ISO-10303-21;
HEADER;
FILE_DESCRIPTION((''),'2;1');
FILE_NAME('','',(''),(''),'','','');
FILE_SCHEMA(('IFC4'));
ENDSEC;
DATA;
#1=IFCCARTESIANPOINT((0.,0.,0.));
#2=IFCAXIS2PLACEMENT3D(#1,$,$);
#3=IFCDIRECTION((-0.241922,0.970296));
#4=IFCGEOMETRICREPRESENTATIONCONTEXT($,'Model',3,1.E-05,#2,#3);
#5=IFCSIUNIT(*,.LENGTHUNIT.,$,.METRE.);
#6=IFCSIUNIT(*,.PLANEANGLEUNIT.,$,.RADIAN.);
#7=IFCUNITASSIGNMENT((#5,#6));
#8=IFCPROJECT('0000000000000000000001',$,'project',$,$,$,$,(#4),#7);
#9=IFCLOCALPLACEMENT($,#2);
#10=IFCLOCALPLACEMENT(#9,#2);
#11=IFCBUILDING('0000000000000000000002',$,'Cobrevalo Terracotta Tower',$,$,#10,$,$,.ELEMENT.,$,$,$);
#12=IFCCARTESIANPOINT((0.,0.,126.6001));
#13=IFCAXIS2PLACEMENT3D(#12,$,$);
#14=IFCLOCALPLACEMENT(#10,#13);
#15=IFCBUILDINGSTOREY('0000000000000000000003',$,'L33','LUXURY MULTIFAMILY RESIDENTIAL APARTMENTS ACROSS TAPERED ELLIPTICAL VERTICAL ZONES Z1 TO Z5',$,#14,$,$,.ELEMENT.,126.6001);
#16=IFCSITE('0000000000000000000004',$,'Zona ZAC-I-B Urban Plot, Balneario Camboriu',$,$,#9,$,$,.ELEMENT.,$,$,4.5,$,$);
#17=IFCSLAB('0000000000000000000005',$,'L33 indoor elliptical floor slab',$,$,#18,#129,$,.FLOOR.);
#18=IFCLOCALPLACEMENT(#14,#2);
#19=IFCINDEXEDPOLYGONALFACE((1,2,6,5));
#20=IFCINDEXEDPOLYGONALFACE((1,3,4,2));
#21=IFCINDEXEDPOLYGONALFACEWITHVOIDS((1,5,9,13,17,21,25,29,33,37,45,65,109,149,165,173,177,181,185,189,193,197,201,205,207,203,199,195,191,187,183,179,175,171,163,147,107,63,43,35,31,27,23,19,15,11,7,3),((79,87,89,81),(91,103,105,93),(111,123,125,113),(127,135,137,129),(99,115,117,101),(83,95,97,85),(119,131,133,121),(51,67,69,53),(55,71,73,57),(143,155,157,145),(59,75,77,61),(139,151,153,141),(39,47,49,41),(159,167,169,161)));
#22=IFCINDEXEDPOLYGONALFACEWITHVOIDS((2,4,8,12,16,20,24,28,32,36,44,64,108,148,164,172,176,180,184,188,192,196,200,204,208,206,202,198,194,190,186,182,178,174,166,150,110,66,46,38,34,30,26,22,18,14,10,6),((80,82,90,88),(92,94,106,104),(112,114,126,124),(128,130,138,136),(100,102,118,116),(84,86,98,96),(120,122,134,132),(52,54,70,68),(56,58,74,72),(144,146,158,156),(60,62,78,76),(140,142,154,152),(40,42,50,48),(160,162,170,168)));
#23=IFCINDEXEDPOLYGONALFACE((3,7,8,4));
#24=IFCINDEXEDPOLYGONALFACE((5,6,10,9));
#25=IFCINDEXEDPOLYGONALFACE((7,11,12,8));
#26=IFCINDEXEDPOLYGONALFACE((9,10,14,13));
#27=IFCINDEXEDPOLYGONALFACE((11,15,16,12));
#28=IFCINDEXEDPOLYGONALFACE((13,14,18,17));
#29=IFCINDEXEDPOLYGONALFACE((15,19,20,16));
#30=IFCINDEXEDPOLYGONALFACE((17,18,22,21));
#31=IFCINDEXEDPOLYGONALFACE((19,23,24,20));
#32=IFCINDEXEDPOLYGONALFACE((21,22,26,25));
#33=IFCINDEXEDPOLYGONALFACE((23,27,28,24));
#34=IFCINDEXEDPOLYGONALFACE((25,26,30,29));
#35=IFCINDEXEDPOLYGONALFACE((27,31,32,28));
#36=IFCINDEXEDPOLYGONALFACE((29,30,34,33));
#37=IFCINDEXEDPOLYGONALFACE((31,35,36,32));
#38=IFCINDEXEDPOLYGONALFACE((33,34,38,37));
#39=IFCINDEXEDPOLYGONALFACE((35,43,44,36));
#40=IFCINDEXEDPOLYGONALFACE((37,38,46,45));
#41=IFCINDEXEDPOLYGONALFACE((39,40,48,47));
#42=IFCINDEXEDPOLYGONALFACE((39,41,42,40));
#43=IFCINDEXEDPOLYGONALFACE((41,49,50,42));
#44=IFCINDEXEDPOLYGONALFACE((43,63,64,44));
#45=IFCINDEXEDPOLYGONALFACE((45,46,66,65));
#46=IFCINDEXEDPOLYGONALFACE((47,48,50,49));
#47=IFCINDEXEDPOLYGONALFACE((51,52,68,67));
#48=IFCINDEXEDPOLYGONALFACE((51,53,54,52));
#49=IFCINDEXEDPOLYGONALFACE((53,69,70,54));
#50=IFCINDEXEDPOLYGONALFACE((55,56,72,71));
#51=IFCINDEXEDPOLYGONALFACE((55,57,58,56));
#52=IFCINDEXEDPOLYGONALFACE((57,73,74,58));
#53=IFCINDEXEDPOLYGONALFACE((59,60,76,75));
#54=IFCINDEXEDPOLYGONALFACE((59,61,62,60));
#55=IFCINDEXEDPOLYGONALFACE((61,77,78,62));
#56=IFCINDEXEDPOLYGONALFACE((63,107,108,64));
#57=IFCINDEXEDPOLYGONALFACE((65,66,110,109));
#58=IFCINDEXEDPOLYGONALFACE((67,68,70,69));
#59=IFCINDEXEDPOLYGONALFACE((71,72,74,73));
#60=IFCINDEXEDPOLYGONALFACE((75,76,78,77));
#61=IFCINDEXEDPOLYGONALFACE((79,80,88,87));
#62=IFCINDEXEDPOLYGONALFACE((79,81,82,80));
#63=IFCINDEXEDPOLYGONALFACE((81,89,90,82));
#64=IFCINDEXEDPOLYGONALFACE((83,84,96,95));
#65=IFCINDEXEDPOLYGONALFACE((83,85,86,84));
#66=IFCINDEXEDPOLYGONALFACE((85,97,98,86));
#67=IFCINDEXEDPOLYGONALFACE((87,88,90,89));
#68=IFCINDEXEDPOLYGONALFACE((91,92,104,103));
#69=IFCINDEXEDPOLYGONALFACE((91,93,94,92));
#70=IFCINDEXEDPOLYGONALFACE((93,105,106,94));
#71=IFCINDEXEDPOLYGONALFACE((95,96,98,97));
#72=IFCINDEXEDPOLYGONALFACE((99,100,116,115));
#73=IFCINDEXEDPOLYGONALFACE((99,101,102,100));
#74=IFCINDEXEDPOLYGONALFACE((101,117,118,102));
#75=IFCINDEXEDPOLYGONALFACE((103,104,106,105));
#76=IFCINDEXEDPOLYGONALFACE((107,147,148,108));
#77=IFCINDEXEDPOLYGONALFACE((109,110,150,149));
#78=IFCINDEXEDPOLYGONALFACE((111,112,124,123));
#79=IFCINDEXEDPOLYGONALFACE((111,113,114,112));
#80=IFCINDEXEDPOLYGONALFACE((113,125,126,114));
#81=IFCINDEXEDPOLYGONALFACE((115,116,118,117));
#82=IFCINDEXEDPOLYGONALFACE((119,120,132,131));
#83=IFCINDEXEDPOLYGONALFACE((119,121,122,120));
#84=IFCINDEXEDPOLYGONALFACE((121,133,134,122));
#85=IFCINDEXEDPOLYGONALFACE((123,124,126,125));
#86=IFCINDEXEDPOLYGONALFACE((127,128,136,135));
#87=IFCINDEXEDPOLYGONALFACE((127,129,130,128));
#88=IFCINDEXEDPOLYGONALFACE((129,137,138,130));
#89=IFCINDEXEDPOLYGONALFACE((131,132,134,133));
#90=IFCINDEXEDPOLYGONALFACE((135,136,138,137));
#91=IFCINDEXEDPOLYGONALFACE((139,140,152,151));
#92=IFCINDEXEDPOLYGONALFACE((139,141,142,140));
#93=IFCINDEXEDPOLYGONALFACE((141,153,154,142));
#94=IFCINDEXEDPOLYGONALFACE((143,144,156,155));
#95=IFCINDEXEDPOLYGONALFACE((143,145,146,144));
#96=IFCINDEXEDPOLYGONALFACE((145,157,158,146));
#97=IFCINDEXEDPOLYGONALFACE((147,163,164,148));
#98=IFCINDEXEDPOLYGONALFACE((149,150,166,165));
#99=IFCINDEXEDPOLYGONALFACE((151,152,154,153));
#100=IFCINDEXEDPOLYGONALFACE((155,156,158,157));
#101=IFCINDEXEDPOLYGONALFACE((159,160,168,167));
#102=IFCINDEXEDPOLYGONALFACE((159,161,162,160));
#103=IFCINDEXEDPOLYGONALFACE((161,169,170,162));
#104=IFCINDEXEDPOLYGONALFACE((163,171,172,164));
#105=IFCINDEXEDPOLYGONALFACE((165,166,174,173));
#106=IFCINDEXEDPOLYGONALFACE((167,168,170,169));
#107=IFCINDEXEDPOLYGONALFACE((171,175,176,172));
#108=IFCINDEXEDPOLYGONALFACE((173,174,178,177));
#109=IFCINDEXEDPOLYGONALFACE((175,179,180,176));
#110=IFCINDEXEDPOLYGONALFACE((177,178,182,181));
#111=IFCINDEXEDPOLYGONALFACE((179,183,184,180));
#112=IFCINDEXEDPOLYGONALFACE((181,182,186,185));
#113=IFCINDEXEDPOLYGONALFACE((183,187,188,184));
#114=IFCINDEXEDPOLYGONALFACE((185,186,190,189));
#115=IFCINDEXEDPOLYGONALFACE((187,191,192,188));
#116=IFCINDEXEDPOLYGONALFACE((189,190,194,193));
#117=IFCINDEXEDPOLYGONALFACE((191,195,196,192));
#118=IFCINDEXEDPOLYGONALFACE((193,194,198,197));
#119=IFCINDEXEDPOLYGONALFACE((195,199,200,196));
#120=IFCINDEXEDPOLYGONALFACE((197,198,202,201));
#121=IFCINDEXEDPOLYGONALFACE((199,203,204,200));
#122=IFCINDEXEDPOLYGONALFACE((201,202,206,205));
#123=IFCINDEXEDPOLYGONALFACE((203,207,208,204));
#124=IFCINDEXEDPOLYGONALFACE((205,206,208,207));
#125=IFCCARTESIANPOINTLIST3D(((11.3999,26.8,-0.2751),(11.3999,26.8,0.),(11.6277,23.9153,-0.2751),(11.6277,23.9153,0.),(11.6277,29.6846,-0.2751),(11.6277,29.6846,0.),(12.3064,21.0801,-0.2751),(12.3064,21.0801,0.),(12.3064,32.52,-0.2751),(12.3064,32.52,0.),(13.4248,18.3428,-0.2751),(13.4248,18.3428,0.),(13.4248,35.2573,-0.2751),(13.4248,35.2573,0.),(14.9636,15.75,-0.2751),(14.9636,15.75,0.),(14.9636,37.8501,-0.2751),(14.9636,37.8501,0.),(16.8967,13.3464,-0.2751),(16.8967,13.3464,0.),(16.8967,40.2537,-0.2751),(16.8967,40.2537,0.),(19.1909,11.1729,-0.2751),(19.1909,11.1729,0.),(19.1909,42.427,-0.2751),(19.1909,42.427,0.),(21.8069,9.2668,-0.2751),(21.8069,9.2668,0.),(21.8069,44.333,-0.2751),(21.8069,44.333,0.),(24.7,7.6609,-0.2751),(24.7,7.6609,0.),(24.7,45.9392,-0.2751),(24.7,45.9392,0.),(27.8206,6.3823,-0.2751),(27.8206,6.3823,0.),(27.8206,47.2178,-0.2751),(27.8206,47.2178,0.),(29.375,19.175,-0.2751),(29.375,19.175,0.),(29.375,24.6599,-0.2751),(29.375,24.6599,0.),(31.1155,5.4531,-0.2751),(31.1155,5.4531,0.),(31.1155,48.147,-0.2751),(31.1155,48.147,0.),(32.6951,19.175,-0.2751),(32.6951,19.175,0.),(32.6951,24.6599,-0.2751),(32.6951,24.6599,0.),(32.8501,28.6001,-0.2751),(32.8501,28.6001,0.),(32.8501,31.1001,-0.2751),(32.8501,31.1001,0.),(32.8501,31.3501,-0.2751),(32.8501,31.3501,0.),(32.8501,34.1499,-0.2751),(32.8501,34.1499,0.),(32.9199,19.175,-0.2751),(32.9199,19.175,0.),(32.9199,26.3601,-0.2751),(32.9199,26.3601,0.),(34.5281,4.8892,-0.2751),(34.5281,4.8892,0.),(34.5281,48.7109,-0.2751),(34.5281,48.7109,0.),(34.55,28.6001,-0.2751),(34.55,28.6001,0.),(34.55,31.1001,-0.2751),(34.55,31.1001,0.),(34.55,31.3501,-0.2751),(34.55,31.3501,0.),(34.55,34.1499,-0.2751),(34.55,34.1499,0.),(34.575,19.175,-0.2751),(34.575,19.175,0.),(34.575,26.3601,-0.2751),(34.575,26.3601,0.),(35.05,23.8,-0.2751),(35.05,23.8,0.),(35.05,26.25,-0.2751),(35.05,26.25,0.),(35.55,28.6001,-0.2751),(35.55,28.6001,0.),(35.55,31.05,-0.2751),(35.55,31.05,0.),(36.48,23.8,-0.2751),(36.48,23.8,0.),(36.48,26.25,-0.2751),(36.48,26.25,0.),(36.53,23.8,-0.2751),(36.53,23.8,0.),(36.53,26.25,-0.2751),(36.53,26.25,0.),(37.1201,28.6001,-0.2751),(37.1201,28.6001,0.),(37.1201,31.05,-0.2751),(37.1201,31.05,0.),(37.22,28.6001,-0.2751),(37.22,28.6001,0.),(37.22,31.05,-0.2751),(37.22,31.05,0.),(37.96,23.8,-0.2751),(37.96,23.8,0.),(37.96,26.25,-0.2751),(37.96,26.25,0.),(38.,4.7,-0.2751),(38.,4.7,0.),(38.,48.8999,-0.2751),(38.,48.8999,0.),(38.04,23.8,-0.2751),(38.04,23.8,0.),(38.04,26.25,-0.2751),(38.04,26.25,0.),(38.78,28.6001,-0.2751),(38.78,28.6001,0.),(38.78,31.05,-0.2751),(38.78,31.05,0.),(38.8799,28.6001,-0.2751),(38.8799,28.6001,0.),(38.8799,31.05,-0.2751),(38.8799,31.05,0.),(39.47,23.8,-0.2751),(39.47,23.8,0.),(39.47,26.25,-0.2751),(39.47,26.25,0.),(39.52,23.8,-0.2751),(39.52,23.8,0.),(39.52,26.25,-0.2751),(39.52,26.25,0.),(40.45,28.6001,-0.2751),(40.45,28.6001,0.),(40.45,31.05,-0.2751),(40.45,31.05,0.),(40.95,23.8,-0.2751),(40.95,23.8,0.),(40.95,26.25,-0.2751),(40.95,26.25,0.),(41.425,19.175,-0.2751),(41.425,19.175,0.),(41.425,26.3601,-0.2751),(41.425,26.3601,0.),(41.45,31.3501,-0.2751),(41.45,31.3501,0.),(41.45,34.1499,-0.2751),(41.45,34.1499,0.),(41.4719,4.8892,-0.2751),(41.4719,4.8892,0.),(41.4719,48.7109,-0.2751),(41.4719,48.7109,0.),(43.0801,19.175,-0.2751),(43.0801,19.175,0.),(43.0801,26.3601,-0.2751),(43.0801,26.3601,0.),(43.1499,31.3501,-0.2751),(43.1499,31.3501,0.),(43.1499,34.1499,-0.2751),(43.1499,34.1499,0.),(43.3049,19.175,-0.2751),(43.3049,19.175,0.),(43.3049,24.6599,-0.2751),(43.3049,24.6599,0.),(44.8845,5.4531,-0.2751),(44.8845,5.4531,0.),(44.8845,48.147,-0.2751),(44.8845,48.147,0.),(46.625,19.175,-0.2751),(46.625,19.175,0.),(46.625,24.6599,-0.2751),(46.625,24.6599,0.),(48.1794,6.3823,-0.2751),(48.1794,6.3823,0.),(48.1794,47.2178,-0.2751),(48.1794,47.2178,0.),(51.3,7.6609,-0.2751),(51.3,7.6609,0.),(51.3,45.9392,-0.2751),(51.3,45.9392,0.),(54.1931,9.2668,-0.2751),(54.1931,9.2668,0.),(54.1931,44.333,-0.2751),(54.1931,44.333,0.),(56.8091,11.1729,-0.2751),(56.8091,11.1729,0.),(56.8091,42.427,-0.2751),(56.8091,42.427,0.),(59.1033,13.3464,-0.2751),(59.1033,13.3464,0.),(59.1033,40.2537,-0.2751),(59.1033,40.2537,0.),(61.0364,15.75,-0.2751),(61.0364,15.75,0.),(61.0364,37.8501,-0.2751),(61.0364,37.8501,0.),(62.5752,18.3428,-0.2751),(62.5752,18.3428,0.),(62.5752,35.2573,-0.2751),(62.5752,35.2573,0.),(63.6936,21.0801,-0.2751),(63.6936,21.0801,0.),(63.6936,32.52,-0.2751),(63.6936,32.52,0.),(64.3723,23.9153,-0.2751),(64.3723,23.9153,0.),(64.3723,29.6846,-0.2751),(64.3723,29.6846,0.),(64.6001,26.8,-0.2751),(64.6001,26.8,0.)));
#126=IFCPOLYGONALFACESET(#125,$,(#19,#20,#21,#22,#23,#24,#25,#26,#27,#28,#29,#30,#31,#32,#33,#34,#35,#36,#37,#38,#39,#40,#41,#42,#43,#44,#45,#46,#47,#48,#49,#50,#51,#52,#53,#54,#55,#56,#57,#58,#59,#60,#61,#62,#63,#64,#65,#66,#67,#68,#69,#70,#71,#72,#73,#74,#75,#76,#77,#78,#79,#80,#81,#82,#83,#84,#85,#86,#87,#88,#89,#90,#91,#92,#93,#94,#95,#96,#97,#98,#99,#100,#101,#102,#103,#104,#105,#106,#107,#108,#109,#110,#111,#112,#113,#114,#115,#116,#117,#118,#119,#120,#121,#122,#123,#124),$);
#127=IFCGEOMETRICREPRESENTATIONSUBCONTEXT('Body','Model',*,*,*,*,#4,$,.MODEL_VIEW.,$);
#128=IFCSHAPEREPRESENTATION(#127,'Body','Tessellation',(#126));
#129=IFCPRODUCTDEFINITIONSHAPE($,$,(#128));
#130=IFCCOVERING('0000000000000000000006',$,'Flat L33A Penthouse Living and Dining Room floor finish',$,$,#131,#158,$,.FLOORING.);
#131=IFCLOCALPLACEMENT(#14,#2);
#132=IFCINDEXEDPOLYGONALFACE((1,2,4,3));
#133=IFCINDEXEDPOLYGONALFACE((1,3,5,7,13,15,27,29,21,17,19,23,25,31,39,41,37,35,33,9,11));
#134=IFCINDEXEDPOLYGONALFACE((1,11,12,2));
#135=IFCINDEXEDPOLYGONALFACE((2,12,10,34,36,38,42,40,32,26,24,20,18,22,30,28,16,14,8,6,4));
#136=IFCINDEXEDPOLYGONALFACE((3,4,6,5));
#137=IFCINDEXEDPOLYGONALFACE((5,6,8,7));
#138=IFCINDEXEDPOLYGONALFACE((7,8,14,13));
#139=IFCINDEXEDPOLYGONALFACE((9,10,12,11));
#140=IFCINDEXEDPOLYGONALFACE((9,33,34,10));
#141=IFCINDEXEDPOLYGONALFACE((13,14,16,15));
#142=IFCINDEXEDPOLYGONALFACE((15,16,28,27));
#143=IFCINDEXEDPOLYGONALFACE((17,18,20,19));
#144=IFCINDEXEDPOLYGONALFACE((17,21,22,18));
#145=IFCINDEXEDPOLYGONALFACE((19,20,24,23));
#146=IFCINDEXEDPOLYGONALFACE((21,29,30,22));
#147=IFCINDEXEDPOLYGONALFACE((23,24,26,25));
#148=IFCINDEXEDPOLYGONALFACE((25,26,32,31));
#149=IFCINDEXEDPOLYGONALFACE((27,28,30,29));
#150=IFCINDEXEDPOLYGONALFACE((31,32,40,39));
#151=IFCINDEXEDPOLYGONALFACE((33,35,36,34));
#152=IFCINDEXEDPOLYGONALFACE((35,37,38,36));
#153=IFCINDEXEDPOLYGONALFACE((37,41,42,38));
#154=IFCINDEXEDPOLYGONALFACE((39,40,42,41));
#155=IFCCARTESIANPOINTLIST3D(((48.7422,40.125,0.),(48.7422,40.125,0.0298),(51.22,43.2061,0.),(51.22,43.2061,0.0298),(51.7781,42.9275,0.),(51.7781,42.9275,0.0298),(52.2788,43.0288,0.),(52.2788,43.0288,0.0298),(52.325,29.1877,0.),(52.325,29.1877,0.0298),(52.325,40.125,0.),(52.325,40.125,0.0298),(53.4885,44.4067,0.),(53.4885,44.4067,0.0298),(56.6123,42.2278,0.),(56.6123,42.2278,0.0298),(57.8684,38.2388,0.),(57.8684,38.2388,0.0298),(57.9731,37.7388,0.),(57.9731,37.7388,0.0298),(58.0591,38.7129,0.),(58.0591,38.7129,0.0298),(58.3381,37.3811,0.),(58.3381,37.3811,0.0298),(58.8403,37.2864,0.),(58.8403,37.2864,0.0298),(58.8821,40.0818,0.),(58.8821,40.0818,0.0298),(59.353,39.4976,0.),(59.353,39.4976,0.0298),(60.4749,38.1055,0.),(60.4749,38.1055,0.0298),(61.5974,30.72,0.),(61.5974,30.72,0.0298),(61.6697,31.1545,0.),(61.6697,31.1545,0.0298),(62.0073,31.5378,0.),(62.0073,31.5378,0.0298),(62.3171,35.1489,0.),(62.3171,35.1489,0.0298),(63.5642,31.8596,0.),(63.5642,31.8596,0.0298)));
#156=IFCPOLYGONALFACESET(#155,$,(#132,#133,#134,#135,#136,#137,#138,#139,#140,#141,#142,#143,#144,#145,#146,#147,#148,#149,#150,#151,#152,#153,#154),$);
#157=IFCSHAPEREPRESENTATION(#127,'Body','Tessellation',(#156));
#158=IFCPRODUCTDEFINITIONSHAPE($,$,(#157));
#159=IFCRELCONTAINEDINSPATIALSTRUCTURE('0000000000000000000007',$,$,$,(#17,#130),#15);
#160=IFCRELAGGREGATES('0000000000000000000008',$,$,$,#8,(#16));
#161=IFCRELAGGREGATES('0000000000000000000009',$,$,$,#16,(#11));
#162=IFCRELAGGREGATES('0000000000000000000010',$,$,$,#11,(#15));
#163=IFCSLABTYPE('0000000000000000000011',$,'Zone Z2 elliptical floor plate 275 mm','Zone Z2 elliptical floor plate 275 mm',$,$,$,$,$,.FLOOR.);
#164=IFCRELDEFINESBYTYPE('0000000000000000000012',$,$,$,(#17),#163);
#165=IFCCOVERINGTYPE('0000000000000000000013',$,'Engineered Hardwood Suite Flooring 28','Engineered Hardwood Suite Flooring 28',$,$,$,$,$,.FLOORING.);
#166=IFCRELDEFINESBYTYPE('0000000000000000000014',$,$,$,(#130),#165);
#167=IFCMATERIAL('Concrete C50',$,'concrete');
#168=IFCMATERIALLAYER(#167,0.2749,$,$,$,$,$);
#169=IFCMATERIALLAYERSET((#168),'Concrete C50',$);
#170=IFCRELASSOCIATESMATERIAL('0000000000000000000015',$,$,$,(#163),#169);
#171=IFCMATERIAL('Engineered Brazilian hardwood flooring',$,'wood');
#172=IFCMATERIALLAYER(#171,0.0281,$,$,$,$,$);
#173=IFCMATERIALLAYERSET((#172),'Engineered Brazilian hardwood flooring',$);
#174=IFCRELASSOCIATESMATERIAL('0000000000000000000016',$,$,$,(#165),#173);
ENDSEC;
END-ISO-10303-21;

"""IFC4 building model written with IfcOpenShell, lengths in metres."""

from ifc_helpers import new_model, si_unit, direction, frame, origin, place, context, subcontext, project, spatial, polyline, outline, extrude, material, layer, layer_set, type_object, element, save


model = new_model("IFC4")

# Units and contexts
model_context = context("Model", 3, precision=1e-05, world=origin(), true_north=direction((-0.241922, 0.970296)))
body_context = subcontext(model_context, "Body", "Model", "MODEL_VIEW")
ifc_project = project(units=[si_unit("LENGTHUNIT", "METRE"), si_unit("PLANEANGLEUNIT", "RADIAN")], contexts=[model_context])

# Site, building, storey
site_placement = place(None, origin())
site = spatial("IfcSite", under=ifc_project, at=site_placement, Name="Zona ZAC-I-B Urban Plot, Balneario Camboriu", CompositionType="ELEMENT", RefElevation=4.5)
building_placement = place(site_placement, origin())
building = spatial("IfcBuilding", under=site, at=building_placement, Name="Cobrevalo Terracotta Tower", CompositionType="ELEMENT")
storey_placement = place(building_placement, frame((0.0, 0.0, 126.6001)))
storey = spatial("IfcBuildingStorey", under=building, at=storey_placement, Name="L33", Description="LUXURY MULTIFAMILY RESIDENTIAL APARTMENTS ACROSS TAPERED ELLIPTICAL VERTICAL ZONES Z1 TO Z5", CompositionType="ELEMENT", Elevation=126.6001)

# Shared definitions
ifc_material_1 = material(Name="Concrete C50", Category="concrete")

# Slab
ifc_layer_1 = layer(ifc_material_1, 0.2749)
ifc_layer_set_1 = layer_set([ifc_layer_1], Name="Concrete C50")
slab_type_1 = type_object("IfcSlabType", Name="Zone Z2 elliptical floor plate 275 mm", Description="Zone Z2 elliptical floor plate 275 mm", PredefinedType="FLOOR", material=ifc_layer_set_1)
slab_1_placement = place(storey_placement, frame((0.0, 0.0, -0.2751)))
element("IfcSlab", 1, at=slab_1_placement, inside=storey, type_object=slab_type_1, Name="L33 indoor elliptical floor slab", PredefinedType="FLOOR", context=body_context, shape_type="SweptSolid", body=[
    extrude(outline(polyline([(64.3723, 23.9153), (63.6936, 21.0801), (62.5752, 18.3428), (61.0364, 15.75), (59.1033, 13.3464), (56.8091, 11.1729), (54.1931, 9.2668), (51.3, 7.6609), (48.1794, 6.3823), (44.8845, 5.4531), (41.4719, 4.8892), (38.0, 4.7), (34.5281, 4.8892), (31.1155, 5.4531), (27.8206, 6.3823), (24.7, 7.6609), (21.8069, 9.2668), (19.1909, 11.1729), (16.8967, 13.3464), (14.9636, 15.75), (13.4248, 18.3428), (12.3064, 21.0801), (11.6277, 23.9153), (11.3999, 26.8), (11.6277, 29.6846), (12.3064, 32.52), (13.4248, 35.2573), (14.9636, 37.8501), (16.8967, 40.2537), (19.1909, 42.427), (21.8069, 44.333), (24.7, 45.9392), (27.8206, 47.2178), (31.1155, 48.147), (34.5281, 48.7109), (38.0, 48.8999), (41.4719, 48.7109), (44.8845, 48.147), (48.1794, 47.2178), (51.3, 45.9392), (54.1931, 44.333), (56.8091, 42.427), (59.1033, 40.2537), (61.0364, 37.8501), (62.5752, 35.2573), (63.6936, 32.52), (64.3723, 29.6846), (64.6001, 26.8), (64.3723, 23.9153)]), holes=[polyline([(32.6951, 19.175), (32.6951, 24.6599), (29.375, 24.6599), (29.375, 19.175), (32.6951, 19.175)]), polyline([(34.575, 19.175), (34.575, 26.3601), (32.9199, 26.3601), (32.9199, 19.175), (34.575, 19.175)]), polyline([(36.48, 23.8), (36.48, 26.25), (35.05, 26.25), (35.05, 23.8), (36.48, 23.8)]), polyline([(37.96, 23.8), (37.96, 26.25), (36.53, 26.25), (36.53, 23.8), (37.96, 23.8)]), polyline([(37.1201, 28.6001), (37.1201, 31.05), (35.55, 31.05), (35.55, 28.6001), (37.1201, 28.6001)]), polyline([(34.55, 28.6001), (34.55, 31.1001), (32.8501, 31.1001), (32.8501, 28.6001), (34.55, 28.6001)]), polyline([(34.55, 31.3501), (34.55, 34.1499), (32.8501, 34.1499), (32.8501, 31.3501), (34.55, 31.3501)]), polyline([(46.625, 19.175), (46.625, 24.6599), (43.3049, 24.6599), (43.3049, 19.175), (46.625, 19.175)]), polyline([(43.0801, 19.175), (43.0801, 26.3601), (41.425, 26.3601), (41.425, 19.175), (43.0801, 19.175)]), polyline([(39.47, 23.8), (39.47, 26.25), (38.04, 26.25), (38.04, 23.8), (39.47, 23.8)]), polyline([(40.95, 23.8), (40.95, 26.25), (39.52, 26.25), (39.52, 23.8), (40.95, 23.8)]), polyline([(38.78, 28.6001), (38.78, 31.05), (37.22, 31.05), (37.22, 28.6001), (38.78, 28.6001)]), polyline([(40.45, 28.6001), (40.45, 31.05), (38.8799, 31.05), (38.8799, 28.6001), (40.45, 28.6001)]), polyline([(43.1499, 31.3501), (43.1499, 34.1499), (41.45, 34.1499), (41.45, 31.3501), (43.1499, 31.3501)])]), origin(), (0.0, 0.0, 1.0), 0.2751),
])

# Covering
ifc_material_2 = material(Name="Engineered Brazilian hardwood flooring", Category="wood")
ifc_layer_2 = layer(ifc_material_2, 0.0281)
ifc_layer_set_2 = layer_set([ifc_layer_2], Name="Engineered Brazilian hardwood flooring")
covering_type_1 = type_object("IfcCoveringType", Name="Engineered Hardwood Suite Flooring 28", Description="Engineered Hardwood Suite Flooring 28", PredefinedType="FLOORING", material=ifc_layer_set_2)
covering_1_placement = place(storey_placement, origin())
element("IfcCovering", 2, at=covering_1_placement, inside=storey, type_object=covering_type_1, Name="Flat L33A Penthouse Living and Dining Room floor finish", PredefinedType="FLOORING", context=body_context, shape_type="SweptSolid", body=[
    extrude(outline(polyline([(56.6123, 42.2278), (58.8821, 40.0818), (59.353, 39.4976), (58.0591, 38.7129), (57.8684, 38.2388), (57.9731, 37.7388), (58.3381, 37.3811), (58.8403, 37.2864), (60.4749, 38.1055), (62.3171, 35.1489), (63.5642, 31.8596), (62.0073, 31.5378), (61.6697, 31.1545), (61.5974, 30.72), (52.325, 29.1877), (52.325, 40.125), (48.7422, 40.125), (51.22, 43.2061), (51.7781, 42.9275), (52.2788, 43.0288), (53.4885, 44.4067), (56.6123, 42.2278)])), origin(), (0.0, 0.0, 1.0), 0.0298),
])

save(model, "model.ifc")
